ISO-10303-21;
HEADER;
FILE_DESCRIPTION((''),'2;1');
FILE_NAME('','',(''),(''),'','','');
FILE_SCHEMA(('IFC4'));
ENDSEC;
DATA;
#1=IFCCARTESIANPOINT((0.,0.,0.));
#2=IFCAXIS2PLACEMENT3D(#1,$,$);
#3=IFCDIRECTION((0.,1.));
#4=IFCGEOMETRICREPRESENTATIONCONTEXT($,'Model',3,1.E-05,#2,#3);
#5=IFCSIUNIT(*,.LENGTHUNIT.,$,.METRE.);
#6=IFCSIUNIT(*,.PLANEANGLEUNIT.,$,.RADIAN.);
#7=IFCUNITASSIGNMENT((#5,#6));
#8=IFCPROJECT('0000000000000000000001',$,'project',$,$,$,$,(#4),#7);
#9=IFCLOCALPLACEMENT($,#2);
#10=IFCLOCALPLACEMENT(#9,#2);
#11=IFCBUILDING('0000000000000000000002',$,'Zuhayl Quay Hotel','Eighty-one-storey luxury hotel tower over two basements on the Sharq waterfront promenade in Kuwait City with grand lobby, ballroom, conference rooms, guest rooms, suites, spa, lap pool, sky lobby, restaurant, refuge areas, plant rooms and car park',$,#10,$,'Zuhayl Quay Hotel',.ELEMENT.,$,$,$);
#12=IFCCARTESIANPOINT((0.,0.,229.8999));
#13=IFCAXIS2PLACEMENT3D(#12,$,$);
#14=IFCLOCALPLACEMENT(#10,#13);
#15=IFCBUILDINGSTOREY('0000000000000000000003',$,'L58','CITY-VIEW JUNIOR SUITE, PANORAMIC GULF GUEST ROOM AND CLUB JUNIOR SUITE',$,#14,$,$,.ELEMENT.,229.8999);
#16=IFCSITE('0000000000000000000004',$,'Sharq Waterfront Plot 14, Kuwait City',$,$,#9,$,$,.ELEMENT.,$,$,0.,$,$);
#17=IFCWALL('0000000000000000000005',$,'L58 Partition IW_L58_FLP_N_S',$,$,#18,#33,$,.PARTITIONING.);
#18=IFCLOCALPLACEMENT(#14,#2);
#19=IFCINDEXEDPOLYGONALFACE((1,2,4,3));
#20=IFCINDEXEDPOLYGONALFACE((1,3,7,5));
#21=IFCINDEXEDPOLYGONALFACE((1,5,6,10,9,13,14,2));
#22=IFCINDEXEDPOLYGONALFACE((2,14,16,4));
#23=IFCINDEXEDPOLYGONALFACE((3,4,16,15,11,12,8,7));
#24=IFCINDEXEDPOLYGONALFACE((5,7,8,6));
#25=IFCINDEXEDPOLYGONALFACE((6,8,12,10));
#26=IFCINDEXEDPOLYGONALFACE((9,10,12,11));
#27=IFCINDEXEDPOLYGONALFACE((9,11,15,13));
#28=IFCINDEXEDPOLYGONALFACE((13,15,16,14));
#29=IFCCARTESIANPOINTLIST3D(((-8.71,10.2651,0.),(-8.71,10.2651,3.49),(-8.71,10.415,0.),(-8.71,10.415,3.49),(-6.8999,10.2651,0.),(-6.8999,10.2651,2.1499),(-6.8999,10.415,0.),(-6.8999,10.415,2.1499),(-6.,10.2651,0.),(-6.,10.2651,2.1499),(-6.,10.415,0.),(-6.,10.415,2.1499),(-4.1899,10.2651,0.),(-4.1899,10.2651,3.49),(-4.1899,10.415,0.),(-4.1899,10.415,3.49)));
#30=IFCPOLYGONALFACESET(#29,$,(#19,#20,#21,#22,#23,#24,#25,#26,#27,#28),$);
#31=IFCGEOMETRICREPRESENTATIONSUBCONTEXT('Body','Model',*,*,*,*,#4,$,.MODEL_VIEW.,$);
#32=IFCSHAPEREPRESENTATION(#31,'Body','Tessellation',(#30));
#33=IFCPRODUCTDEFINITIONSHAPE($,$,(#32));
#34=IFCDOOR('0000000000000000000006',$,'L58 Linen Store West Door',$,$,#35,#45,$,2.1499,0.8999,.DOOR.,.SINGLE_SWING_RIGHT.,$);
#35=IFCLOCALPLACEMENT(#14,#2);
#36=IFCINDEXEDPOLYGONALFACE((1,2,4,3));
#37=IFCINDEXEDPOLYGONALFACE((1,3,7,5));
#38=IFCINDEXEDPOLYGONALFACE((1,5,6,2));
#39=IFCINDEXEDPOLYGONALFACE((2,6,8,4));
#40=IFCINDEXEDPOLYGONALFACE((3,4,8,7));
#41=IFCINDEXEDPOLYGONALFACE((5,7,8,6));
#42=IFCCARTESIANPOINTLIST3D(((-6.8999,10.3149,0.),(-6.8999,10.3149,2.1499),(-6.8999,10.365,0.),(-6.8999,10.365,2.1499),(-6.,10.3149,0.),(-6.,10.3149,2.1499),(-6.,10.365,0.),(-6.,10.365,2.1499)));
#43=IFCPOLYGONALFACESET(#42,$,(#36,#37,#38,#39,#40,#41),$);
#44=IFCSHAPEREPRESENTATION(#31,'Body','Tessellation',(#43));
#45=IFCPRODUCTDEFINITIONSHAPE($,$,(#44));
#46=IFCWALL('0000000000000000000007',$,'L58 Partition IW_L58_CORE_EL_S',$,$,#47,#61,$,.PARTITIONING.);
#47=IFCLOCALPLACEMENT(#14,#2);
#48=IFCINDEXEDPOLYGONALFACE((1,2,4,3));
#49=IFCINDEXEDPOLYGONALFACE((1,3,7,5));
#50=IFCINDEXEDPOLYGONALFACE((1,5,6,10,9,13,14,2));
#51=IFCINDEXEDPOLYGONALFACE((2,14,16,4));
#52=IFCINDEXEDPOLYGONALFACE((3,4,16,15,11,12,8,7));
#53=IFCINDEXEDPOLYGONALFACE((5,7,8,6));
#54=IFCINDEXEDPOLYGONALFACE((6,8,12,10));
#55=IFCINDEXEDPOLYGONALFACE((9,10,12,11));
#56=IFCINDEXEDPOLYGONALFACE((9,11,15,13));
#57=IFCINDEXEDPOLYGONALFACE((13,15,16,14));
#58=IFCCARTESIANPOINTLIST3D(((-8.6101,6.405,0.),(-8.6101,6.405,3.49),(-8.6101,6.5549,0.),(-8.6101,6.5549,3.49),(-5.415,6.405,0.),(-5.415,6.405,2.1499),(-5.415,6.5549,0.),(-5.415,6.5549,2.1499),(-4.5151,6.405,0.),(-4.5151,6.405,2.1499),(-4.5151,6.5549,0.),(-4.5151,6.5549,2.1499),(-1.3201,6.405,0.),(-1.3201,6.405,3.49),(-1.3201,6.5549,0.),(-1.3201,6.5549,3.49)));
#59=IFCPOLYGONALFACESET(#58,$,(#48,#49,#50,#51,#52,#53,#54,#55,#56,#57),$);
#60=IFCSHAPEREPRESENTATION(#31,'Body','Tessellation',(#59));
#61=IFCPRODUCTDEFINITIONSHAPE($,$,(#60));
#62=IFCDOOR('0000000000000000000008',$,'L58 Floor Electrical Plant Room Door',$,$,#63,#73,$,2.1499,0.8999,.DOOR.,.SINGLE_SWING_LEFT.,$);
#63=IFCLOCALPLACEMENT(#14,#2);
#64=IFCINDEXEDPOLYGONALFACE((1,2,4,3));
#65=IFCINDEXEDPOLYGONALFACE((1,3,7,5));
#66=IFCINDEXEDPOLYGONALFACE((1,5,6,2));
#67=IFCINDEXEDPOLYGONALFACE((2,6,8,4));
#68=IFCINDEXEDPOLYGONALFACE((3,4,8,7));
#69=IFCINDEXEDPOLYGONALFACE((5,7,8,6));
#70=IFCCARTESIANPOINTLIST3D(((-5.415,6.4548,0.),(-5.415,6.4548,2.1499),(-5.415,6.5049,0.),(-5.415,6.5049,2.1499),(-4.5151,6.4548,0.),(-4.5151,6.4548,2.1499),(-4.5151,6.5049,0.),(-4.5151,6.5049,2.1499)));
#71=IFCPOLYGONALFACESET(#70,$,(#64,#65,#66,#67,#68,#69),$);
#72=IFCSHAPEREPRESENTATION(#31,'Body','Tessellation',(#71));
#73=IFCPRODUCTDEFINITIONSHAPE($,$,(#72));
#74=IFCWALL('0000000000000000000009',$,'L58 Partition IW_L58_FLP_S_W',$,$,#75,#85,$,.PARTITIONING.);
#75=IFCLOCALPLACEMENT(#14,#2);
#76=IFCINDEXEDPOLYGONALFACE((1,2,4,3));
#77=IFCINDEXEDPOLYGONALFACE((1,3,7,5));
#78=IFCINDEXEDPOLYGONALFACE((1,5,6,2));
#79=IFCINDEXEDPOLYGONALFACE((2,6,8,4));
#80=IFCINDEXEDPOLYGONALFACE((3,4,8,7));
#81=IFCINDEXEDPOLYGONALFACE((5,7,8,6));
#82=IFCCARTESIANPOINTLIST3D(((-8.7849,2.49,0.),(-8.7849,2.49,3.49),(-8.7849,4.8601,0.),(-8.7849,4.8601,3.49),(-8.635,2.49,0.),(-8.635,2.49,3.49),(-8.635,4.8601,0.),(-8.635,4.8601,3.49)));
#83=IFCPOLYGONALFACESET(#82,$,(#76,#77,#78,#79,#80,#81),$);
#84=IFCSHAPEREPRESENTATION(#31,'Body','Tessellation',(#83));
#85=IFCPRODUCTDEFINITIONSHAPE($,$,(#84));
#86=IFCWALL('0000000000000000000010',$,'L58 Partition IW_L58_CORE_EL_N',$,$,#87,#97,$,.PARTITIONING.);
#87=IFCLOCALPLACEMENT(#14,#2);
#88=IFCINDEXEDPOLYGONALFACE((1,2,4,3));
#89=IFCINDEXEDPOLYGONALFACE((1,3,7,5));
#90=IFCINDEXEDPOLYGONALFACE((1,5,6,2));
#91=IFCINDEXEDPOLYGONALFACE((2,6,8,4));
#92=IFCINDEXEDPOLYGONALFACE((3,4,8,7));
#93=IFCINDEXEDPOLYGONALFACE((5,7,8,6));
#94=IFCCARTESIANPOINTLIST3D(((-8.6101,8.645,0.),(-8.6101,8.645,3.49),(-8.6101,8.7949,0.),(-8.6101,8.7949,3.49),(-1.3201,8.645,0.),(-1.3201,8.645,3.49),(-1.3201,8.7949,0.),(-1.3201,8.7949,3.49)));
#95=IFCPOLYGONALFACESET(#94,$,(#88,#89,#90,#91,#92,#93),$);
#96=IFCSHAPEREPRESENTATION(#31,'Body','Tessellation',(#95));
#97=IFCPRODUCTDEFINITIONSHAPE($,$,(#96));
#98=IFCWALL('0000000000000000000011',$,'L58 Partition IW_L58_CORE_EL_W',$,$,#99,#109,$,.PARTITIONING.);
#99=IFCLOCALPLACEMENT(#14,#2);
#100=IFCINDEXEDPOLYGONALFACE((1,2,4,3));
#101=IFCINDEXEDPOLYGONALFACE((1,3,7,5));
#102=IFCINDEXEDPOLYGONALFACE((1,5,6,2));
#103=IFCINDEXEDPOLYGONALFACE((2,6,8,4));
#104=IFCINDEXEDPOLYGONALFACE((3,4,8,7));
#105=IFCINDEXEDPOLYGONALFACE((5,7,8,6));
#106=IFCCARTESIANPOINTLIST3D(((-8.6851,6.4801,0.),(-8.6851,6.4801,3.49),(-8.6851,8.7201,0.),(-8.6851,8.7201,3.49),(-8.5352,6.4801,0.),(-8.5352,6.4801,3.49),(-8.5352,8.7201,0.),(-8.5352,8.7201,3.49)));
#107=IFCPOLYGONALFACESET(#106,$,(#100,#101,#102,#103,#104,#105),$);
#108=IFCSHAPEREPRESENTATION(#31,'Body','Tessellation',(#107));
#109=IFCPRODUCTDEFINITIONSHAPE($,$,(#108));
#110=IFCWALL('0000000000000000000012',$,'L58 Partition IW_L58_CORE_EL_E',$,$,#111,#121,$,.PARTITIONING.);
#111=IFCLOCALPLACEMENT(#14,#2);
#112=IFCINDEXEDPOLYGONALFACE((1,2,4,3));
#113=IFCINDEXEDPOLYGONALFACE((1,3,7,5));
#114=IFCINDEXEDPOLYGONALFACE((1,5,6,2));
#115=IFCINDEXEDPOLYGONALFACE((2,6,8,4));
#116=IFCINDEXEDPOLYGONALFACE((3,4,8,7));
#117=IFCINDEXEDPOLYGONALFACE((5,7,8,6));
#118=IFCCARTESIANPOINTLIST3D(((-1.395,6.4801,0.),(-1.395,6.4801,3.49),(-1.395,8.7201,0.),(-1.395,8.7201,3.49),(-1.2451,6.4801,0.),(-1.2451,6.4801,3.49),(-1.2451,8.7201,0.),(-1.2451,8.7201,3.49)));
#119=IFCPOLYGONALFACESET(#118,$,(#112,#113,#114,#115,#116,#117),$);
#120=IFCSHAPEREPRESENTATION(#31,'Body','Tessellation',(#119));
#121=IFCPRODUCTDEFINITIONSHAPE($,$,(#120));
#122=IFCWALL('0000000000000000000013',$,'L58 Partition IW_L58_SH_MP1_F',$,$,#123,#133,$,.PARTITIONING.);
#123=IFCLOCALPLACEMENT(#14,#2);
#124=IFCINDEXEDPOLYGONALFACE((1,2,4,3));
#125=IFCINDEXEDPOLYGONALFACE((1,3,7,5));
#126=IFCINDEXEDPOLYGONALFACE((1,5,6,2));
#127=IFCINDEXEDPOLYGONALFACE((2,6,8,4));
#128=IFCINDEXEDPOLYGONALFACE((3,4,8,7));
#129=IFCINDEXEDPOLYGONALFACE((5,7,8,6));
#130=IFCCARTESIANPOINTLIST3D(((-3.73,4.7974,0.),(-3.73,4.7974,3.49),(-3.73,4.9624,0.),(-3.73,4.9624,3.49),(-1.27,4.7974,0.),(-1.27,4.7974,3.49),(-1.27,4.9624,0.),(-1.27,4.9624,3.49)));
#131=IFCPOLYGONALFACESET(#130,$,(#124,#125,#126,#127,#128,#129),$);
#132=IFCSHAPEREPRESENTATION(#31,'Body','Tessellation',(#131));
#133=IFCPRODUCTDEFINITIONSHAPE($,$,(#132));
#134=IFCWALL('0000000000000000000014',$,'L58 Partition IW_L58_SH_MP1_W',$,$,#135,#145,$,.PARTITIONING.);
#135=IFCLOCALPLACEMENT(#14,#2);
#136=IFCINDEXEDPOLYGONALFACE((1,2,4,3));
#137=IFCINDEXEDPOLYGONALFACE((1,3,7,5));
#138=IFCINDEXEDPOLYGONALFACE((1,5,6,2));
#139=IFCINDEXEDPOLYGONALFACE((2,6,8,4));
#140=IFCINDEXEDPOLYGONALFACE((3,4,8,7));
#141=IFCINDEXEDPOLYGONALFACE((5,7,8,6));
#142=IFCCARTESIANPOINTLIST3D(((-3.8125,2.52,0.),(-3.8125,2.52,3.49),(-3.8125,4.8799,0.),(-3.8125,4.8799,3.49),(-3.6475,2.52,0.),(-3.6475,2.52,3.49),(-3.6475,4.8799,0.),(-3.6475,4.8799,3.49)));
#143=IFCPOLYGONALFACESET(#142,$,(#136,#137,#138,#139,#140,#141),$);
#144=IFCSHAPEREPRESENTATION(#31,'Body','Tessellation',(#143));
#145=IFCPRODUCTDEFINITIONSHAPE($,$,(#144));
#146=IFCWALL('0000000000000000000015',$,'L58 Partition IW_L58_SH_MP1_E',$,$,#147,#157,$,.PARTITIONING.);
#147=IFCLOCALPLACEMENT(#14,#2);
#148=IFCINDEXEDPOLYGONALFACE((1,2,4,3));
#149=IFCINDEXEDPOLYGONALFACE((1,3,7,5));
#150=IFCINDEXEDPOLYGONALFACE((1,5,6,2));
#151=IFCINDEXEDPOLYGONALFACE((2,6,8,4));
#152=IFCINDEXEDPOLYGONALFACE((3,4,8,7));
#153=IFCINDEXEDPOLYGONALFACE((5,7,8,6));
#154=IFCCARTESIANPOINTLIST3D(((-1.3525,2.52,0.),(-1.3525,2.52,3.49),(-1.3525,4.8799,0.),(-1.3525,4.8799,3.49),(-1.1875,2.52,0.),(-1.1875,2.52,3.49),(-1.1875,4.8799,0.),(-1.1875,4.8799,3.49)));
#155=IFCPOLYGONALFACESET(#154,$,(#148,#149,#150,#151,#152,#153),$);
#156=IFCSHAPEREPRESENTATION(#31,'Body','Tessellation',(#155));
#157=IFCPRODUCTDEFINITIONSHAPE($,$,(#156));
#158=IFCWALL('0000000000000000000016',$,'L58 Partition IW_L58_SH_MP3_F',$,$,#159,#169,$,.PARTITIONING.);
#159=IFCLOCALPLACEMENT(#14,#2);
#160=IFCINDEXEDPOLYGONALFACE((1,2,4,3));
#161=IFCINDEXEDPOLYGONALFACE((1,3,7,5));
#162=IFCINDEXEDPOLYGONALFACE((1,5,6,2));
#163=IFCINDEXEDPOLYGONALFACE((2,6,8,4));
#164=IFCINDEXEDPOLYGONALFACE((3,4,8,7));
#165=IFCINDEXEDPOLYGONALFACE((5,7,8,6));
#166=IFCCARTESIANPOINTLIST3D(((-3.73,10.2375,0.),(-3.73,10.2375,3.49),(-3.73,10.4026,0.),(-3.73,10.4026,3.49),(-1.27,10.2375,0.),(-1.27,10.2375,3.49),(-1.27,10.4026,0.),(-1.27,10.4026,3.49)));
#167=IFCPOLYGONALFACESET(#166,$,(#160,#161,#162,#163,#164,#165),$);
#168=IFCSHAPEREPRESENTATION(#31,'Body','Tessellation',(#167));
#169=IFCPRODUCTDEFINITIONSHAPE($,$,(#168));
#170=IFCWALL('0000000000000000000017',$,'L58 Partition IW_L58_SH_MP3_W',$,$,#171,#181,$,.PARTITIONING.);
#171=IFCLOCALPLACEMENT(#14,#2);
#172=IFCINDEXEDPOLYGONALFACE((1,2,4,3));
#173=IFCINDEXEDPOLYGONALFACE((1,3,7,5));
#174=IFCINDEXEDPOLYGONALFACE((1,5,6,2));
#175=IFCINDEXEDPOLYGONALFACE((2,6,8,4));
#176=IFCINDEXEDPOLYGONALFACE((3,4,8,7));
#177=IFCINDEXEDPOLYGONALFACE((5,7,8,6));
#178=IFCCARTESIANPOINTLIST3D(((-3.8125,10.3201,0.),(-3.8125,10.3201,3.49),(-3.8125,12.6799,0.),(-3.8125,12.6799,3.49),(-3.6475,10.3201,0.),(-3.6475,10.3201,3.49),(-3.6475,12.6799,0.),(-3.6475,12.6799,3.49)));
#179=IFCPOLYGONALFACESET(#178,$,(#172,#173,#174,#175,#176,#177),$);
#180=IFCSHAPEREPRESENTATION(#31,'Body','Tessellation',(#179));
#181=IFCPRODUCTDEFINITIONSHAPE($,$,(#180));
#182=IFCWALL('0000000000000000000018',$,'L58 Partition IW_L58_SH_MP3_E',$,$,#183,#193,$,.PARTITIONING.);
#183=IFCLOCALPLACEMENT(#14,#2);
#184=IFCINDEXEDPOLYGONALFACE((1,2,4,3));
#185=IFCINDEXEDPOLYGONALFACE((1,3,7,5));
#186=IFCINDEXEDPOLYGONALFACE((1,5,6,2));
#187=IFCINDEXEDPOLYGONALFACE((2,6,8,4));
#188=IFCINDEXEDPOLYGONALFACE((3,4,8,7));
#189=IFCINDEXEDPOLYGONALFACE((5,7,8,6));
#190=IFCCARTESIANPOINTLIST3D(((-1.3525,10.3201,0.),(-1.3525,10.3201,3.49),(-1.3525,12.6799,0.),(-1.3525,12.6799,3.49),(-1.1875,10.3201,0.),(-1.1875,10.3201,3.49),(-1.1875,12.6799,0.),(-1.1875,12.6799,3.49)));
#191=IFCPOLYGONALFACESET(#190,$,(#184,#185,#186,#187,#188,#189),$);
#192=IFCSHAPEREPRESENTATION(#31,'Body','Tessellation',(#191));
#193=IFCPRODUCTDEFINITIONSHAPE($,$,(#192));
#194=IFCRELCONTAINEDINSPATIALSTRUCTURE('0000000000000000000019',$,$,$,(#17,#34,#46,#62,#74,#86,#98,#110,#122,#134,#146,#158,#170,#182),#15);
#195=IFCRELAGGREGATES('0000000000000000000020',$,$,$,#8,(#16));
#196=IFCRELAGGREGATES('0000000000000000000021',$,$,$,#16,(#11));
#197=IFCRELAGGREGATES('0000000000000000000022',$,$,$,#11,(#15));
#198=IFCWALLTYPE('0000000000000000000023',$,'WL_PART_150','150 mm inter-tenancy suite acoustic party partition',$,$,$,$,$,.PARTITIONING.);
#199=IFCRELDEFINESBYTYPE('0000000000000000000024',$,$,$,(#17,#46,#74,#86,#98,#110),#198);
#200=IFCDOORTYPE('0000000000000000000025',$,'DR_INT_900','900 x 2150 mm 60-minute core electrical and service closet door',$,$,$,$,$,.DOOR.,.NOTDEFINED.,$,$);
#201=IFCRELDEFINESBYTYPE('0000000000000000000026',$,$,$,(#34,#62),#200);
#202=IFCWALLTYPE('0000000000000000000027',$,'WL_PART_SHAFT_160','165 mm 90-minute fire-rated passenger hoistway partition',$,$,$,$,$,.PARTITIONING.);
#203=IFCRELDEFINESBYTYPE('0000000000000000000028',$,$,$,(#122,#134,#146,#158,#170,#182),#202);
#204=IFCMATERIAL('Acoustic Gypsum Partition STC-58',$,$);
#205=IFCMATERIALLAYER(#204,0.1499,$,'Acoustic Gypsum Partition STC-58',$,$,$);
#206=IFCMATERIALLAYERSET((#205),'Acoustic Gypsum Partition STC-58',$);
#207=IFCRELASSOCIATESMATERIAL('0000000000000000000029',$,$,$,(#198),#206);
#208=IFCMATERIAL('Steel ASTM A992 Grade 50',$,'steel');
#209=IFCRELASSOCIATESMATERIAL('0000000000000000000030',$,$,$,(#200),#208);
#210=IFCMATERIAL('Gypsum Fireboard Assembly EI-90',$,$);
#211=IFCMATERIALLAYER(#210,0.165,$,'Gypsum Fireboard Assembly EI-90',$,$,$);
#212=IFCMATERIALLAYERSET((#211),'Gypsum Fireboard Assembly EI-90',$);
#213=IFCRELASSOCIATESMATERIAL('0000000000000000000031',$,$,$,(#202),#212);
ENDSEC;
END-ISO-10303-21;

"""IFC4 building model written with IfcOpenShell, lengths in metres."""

from ifc_helpers import new_model, si_unit, direction, frame, frame_2d, origin, place, context, subcontext, project, spatial, rectangle, extrude, material, layer, layer_set, type_object, element, fill, save


model = new_model("IFC4")

# Units and contexts
model_context = context("Model", 3, precision=1e-05, world=origin(), true_north=direction((0.0, 1.0)))
body_context = subcontext(model_context, "Body", "Model", "MODEL_VIEW")
ifc_project = project(units=[si_unit("LENGTHUNIT", "METRE"), si_unit("PLANEANGLEUNIT", "RADIAN")], contexts=[model_context])

# Site, building, storey
site_placement = place(None, origin())
site = spatial("IfcSite", under=ifc_project, at=site_placement, Name="Sharq Waterfront Plot 14, Kuwait City", CompositionType="ELEMENT", RefElevation=0.0)
building_placement = place(site_placement, origin())
building = spatial("IfcBuilding", under=site, at=building_placement, Name="Zuhayl Quay Hotel", Description="Eighty-one-storey luxury hotel tower over two basements on the Sharq waterfront promenade in Kuwait City with grand lobby, ballroom, conference rooms, guest rooms, suites, spa, lap pool, sky lobby, restaurant, refuge areas, plant rooms and car park", LongName="Zuhayl Quay Hotel", CompositionType="ELEMENT")
storey_placement = place(building_placement, frame((0.0, 0.0, 229.8999)))
storey = spatial("IfcBuildingStorey", under=building, at=storey_placement, Name="L58", Description="CITY-VIEW JUNIOR SUITE, PANORAMIC GULF GUEST ROOM AND CLUB JUNIOR SUITE", CompositionType="ELEMENT", Elevation=229.8999)

# Shared definitions
ifc_material_1 = material(Name="Steel ASTM A992 Grade 50", Category="steel")

# Walls, openings, doors
ifc_material_2 = material(Name="Acoustic Gypsum Partition STC-58")
ifc_layer_1 = layer(ifc_material_2, 0.1499, Name="Acoustic Gypsum Partition STC-58")
ifc_layer_set_1 = layer_set([ifc_layer_1], Name="Acoustic Gypsum Partition STC-58")
wall_type_1 = type_object("IfcWallType", Name="WL_PART_150", Description="150 mm inter-tenancy suite acoustic party partition", PredefinedType="PARTITIONING", material=ifc_layer_set_1)
door_type_1 = type_object("IfcDoorType", Name="DR_INT_900", Description="900 x 2150 mm 60-minute core electrical and service closet door", OperationType="NOTDEFINED", PredefinedType="DOOR", material=ifc_material_1)
wall_1_placement = place(storey_placement, frame((-8.71, 10.3401, 0.0), z_axis=(0.0, 0.0, 1.0), x_axis=(1.0, 0.0, 0.0)))
wall_1 = element("IfcWall", 1, at=wall_1_placement, inside=storey, type_object=wall_type_1, Name="L58 Partition IW_L58_FLP_N_S", PredefinedType="PARTITIONING", context=body_context, shape_type="SweptSolid", body=[
    extrude(rectangle(XDim=4.52, YDim=0.1499, at=frame_2d((2.26, 0.0))), origin(), (0.0, 0.0, 1.0), 3.49),
])
opening_1_placement = place(wall_1_placement, frame((1.8101, 0.0, 0.0)))
opening_1 = element("IfcOpeningElement", 2, at=opening_1_placement, cuts=wall_1, PredefinedType="OPENING", context=body_context, shape_type="SweptSolid", body=[
    extrude(rectangle(XDim=0.8999, YDim=2.1499, at=frame_2d((0.45, 1.075))), frame((0.0, 0.085, 0.0), z_axis=(0.0, -1.0, 0.0), x_axis=(1.0, 0.0, 0.0)), (0.0, 0.0, 1.0), 0.1699),
])
door_1_placement = place(opening_1_placement, origin())
door_1 = element("IfcDoor", 3, at=door_1_placement, inside=storey, type_object=door_type_1, Name="L58 Linen Store West Door", OperationType="SINGLE_SWING_RIGHT", OverallHeight=2.1499, OverallWidth=0.8999, PredefinedType="DOOR", context=body_context, shape_type="SweptSolid", body=[
    extrude(rectangle(XDim=0.8999, YDim=2.1499, at=frame_2d((0.45, 1.075))), frame((0.0, 0.0249, 0.0), z_axis=(0.0, -1.0, 0.0), x_axis=(1.0, 0.0, 0.0)), (0.0, 0.0, 1.0), 0.05),
])
fill(opening_1, door_1)
wall_2_placement = place(storey_placement, frame((-8.6101, 6.48, 0.0), z_axis=(0.0, 0.0, 1.0), x_axis=(1.0, 0.0, 0.0)))
wall_2 = element("IfcWall", 4, at=wall_2_placement, inside=storey, type_object=wall_type_1, Name="L58 Partition IW_L58_CORE_EL_S", PredefinedType="PARTITIONING", context=body_context, shape_type="SweptSolid", body=[
    extrude(rectangle(XDim=7.29, YDim=0.1499, at=frame_2d((3.645, 0.0))), origin(), (0.0, 0.0, 1.0), 3.49),
])
opening_2_placement = place(wall_2_placement, frame((3.1951, 0.0, 0.0)))
opening_2 = element("IfcOpeningElement", 5, at=opening_2_placement, cuts=wall_2, PredefinedType="OPENING", context=body_context, shape_type="SweptSolid", body=[
    extrude(rectangle(XDim=0.8999, YDim=2.1499, at=frame_2d((0.45, 1.075))), frame((0.0, 0.085, 0.0), z_axis=(0.0, -1.0, 0.0), x_axis=(1.0, 0.0, 0.0)), (0.0, 0.0, 1.0), 0.1699),
])
door_2_placement = place(opening_2_placement, origin())
door_2 = element("IfcDoor", 6, at=door_2_placement, inside=storey, type_object=door_type_1, Name="L58 Floor Electrical Plant Room Door", OperationType="SINGLE_SWING_LEFT", OverallHeight=2.1499, OverallWidth=0.8999, PredefinedType="DOOR", context=body_context, shape_type="SweptSolid", body=[
    extrude(rectangle(XDim=0.8999, YDim=2.1499, at=frame_2d((0.45, 1.075))), frame((0.0, 0.0249, 0.0), z_axis=(0.0, -1.0, 0.0), x_axis=(1.0, 0.0, 0.0)), (0.0, 0.0, 1.0), 0.05),
])
fill(opening_2, door_2)

# Walls
wall_3_placement = place(storey_placement, frame((-8.71, 2.49, 0.0), z_axis=(0.0, 0.0, 1.0), x_axis=(0.0, 1.0, 0.0)))
element("IfcWall", 7, at=wall_3_placement, inside=storey, type_object=wall_type_1, Name="L58 Partition IW_L58_FLP_S_W", PredefinedType="PARTITIONING", context=body_context, shape_type="SweptSolid", body=[
    extrude(rectangle(XDim=2.3701, YDim=0.1499, at=frame_2d((1.1851, 0.0))), origin(), (0.0, 0.0, 1.0), 3.49),
])
wall_4_placement = place(storey_placement, frame((-8.6101, 8.72, 0.0), z_axis=(0.0, 0.0, 1.0), x_axis=(1.0, 0.0, 0.0)))
element("IfcWall", 8, at=wall_4_placement, inside=storey, type_object=wall_type_1, Name="L58 Partition IW_L58_CORE_EL_N", PredefinedType="PARTITIONING", context=body_context, shape_type="SweptSolid", body=[
    extrude(rectangle(XDim=7.29, YDim=0.1499, at=frame_2d((3.645, 0.0))), origin(), (0.0, 0.0, 1.0), 3.49),
])
for number, where, z_axis, x_axis, name in (
    (9, (-8.6101, 6.48, 0.0), (0.0, 0.0, 1.0), (0.0, 1.0, 0.0), "L58 Partition IW_L58_CORE_EL_W"),
    (10, (-1.3201, 6.48, 0.0), (0.0, 0.0, 1.0), (0.0, 1.0, 0.0), "L58 Partition IW_L58_CORE_EL_E"),
):
    element("IfcWall", number, at=place(storey_placement, frame(where, z_axis=z_axis, x_axis=x_axis)), inside=storey, type_object=wall_type_1, Name=name, PredefinedType="PARTITIONING", context=body_context, shape_type="SweptSolid", body=[
        extrude(rectangle(XDim=2.24, YDim=0.1499, at=frame_2d((1.1201, 0.0))), origin(), (0.0, 0.0, 1.0), 3.49),
    ])
ifc_material_3 = material(Name="Gypsum Fireboard Assembly EI-90")
ifc_layer_2 = layer(ifc_material_3, 0.165, Name="Gypsum Fireboard Assembly EI-90")
ifc_layer_set_2 = layer_set([ifc_layer_2], Name="Gypsum Fireboard Assembly EI-90")
wall_type_2 = type_object("IfcWallType", Name="WL_PART_SHAFT_160", Description="165 mm 90-minute fire-rated passenger hoistway partition", PredefinedType="PARTITIONING", material=ifc_layer_set_2)
wall_5_placement = place(storey_placement, frame((-3.73, 4.8799, 0.0), z_axis=(0.0, 0.0, 1.0), x_axis=(1.0, 0.0, 0.0)))
element("IfcWall", 11, at=wall_5_placement, inside=storey, type_object=wall_type_2, Name="L58 Partition IW_L58_SH_MP1_F", PredefinedType="PARTITIONING", context=body_context, shape_type="SweptSolid", body=[
    extrude(rectangle(XDim=2.46, YDim=0.165, at=frame_2d((1.23, 0.0))), origin(), (0.0, 0.0, 1.0), 3.49),
])
for number, where, z_axis, x_axis, name in (
    (12, (-3.73, 2.52, 0.0), (0.0, 0.0, 1.0), (0.0, 1.0, 0.0), "L58 Partition IW_L58_SH_MP1_W"),
    (13, (-1.27, 2.52, 0.0), (0.0, 0.0, 1.0), (0.0, 1.0, 0.0), "L58 Partition IW_L58_SH_MP1_E"),
):
    element("IfcWall", number, at=place(storey_placement, frame(where, z_axis=z_axis, x_axis=x_axis)), inside=storey, type_object=wall_type_2, Name=name, PredefinedType="PARTITIONING", context=body_context, shape_type="SweptSolid", body=[
        extrude(rectangle(XDim=2.3599, YDim=0.165, at=frame_2d((1.1799, 0.0))), origin(), (0.0, 0.0, 1.0), 3.49),
    ])
wall_6_placement = place(storey_placement, frame((-3.73, 10.3201, 0.0), z_axis=(0.0, 0.0, 1.0), x_axis=(1.0, 0.0, 0.0)))
element("IfcWall", 14, at=wall_6_placement, inside=storey, type_object=wall_type_2, Name="L58 Partition IW_L58_SH_MP3_F", PredefinedType="PARTITIONING", context=body_context, shape_type="SweptSolid", body=[
    extrude(rectangle(XDim=2.46, YDim=0.165, at=frame_2d((1.23, 0.0))), origin(), (0.0, 0.0, 1.0), 3.49),
])
for number, where, z_axis, x_axis, name in (
    (15, (-3.73, 10.3201, 0.0), (0.0, 0.0, 1.0), (0.0, 1.0, 0.0), "L58 Partition IW_L58_SH_MP3_W"),
    (16, (-1.27, 10.3201, 0.0), (0.0, 0.0, 1.0), (0.0, 1.0, 0.0), "L58 Partition IW_L58_SH_MP3_E"),
):
    element("IfcWall", number, at=place(storey_placement, frame(where, z_axis=z_axis, x_axis=x_axis)), inside=storey, type_object=wall_type_2, Name=name, PredefinedType="PARTITIONING", context=body_context, shape_type="SweptSolid", body=[
        extrude(rectangle(XDim=2.3599, YDim=0.165, at=frame_2d((1.1799, 0.0))), origin(), (0.0, 0.0, 1.0), 3.49),
    ])

save(model, "model.ifc")
